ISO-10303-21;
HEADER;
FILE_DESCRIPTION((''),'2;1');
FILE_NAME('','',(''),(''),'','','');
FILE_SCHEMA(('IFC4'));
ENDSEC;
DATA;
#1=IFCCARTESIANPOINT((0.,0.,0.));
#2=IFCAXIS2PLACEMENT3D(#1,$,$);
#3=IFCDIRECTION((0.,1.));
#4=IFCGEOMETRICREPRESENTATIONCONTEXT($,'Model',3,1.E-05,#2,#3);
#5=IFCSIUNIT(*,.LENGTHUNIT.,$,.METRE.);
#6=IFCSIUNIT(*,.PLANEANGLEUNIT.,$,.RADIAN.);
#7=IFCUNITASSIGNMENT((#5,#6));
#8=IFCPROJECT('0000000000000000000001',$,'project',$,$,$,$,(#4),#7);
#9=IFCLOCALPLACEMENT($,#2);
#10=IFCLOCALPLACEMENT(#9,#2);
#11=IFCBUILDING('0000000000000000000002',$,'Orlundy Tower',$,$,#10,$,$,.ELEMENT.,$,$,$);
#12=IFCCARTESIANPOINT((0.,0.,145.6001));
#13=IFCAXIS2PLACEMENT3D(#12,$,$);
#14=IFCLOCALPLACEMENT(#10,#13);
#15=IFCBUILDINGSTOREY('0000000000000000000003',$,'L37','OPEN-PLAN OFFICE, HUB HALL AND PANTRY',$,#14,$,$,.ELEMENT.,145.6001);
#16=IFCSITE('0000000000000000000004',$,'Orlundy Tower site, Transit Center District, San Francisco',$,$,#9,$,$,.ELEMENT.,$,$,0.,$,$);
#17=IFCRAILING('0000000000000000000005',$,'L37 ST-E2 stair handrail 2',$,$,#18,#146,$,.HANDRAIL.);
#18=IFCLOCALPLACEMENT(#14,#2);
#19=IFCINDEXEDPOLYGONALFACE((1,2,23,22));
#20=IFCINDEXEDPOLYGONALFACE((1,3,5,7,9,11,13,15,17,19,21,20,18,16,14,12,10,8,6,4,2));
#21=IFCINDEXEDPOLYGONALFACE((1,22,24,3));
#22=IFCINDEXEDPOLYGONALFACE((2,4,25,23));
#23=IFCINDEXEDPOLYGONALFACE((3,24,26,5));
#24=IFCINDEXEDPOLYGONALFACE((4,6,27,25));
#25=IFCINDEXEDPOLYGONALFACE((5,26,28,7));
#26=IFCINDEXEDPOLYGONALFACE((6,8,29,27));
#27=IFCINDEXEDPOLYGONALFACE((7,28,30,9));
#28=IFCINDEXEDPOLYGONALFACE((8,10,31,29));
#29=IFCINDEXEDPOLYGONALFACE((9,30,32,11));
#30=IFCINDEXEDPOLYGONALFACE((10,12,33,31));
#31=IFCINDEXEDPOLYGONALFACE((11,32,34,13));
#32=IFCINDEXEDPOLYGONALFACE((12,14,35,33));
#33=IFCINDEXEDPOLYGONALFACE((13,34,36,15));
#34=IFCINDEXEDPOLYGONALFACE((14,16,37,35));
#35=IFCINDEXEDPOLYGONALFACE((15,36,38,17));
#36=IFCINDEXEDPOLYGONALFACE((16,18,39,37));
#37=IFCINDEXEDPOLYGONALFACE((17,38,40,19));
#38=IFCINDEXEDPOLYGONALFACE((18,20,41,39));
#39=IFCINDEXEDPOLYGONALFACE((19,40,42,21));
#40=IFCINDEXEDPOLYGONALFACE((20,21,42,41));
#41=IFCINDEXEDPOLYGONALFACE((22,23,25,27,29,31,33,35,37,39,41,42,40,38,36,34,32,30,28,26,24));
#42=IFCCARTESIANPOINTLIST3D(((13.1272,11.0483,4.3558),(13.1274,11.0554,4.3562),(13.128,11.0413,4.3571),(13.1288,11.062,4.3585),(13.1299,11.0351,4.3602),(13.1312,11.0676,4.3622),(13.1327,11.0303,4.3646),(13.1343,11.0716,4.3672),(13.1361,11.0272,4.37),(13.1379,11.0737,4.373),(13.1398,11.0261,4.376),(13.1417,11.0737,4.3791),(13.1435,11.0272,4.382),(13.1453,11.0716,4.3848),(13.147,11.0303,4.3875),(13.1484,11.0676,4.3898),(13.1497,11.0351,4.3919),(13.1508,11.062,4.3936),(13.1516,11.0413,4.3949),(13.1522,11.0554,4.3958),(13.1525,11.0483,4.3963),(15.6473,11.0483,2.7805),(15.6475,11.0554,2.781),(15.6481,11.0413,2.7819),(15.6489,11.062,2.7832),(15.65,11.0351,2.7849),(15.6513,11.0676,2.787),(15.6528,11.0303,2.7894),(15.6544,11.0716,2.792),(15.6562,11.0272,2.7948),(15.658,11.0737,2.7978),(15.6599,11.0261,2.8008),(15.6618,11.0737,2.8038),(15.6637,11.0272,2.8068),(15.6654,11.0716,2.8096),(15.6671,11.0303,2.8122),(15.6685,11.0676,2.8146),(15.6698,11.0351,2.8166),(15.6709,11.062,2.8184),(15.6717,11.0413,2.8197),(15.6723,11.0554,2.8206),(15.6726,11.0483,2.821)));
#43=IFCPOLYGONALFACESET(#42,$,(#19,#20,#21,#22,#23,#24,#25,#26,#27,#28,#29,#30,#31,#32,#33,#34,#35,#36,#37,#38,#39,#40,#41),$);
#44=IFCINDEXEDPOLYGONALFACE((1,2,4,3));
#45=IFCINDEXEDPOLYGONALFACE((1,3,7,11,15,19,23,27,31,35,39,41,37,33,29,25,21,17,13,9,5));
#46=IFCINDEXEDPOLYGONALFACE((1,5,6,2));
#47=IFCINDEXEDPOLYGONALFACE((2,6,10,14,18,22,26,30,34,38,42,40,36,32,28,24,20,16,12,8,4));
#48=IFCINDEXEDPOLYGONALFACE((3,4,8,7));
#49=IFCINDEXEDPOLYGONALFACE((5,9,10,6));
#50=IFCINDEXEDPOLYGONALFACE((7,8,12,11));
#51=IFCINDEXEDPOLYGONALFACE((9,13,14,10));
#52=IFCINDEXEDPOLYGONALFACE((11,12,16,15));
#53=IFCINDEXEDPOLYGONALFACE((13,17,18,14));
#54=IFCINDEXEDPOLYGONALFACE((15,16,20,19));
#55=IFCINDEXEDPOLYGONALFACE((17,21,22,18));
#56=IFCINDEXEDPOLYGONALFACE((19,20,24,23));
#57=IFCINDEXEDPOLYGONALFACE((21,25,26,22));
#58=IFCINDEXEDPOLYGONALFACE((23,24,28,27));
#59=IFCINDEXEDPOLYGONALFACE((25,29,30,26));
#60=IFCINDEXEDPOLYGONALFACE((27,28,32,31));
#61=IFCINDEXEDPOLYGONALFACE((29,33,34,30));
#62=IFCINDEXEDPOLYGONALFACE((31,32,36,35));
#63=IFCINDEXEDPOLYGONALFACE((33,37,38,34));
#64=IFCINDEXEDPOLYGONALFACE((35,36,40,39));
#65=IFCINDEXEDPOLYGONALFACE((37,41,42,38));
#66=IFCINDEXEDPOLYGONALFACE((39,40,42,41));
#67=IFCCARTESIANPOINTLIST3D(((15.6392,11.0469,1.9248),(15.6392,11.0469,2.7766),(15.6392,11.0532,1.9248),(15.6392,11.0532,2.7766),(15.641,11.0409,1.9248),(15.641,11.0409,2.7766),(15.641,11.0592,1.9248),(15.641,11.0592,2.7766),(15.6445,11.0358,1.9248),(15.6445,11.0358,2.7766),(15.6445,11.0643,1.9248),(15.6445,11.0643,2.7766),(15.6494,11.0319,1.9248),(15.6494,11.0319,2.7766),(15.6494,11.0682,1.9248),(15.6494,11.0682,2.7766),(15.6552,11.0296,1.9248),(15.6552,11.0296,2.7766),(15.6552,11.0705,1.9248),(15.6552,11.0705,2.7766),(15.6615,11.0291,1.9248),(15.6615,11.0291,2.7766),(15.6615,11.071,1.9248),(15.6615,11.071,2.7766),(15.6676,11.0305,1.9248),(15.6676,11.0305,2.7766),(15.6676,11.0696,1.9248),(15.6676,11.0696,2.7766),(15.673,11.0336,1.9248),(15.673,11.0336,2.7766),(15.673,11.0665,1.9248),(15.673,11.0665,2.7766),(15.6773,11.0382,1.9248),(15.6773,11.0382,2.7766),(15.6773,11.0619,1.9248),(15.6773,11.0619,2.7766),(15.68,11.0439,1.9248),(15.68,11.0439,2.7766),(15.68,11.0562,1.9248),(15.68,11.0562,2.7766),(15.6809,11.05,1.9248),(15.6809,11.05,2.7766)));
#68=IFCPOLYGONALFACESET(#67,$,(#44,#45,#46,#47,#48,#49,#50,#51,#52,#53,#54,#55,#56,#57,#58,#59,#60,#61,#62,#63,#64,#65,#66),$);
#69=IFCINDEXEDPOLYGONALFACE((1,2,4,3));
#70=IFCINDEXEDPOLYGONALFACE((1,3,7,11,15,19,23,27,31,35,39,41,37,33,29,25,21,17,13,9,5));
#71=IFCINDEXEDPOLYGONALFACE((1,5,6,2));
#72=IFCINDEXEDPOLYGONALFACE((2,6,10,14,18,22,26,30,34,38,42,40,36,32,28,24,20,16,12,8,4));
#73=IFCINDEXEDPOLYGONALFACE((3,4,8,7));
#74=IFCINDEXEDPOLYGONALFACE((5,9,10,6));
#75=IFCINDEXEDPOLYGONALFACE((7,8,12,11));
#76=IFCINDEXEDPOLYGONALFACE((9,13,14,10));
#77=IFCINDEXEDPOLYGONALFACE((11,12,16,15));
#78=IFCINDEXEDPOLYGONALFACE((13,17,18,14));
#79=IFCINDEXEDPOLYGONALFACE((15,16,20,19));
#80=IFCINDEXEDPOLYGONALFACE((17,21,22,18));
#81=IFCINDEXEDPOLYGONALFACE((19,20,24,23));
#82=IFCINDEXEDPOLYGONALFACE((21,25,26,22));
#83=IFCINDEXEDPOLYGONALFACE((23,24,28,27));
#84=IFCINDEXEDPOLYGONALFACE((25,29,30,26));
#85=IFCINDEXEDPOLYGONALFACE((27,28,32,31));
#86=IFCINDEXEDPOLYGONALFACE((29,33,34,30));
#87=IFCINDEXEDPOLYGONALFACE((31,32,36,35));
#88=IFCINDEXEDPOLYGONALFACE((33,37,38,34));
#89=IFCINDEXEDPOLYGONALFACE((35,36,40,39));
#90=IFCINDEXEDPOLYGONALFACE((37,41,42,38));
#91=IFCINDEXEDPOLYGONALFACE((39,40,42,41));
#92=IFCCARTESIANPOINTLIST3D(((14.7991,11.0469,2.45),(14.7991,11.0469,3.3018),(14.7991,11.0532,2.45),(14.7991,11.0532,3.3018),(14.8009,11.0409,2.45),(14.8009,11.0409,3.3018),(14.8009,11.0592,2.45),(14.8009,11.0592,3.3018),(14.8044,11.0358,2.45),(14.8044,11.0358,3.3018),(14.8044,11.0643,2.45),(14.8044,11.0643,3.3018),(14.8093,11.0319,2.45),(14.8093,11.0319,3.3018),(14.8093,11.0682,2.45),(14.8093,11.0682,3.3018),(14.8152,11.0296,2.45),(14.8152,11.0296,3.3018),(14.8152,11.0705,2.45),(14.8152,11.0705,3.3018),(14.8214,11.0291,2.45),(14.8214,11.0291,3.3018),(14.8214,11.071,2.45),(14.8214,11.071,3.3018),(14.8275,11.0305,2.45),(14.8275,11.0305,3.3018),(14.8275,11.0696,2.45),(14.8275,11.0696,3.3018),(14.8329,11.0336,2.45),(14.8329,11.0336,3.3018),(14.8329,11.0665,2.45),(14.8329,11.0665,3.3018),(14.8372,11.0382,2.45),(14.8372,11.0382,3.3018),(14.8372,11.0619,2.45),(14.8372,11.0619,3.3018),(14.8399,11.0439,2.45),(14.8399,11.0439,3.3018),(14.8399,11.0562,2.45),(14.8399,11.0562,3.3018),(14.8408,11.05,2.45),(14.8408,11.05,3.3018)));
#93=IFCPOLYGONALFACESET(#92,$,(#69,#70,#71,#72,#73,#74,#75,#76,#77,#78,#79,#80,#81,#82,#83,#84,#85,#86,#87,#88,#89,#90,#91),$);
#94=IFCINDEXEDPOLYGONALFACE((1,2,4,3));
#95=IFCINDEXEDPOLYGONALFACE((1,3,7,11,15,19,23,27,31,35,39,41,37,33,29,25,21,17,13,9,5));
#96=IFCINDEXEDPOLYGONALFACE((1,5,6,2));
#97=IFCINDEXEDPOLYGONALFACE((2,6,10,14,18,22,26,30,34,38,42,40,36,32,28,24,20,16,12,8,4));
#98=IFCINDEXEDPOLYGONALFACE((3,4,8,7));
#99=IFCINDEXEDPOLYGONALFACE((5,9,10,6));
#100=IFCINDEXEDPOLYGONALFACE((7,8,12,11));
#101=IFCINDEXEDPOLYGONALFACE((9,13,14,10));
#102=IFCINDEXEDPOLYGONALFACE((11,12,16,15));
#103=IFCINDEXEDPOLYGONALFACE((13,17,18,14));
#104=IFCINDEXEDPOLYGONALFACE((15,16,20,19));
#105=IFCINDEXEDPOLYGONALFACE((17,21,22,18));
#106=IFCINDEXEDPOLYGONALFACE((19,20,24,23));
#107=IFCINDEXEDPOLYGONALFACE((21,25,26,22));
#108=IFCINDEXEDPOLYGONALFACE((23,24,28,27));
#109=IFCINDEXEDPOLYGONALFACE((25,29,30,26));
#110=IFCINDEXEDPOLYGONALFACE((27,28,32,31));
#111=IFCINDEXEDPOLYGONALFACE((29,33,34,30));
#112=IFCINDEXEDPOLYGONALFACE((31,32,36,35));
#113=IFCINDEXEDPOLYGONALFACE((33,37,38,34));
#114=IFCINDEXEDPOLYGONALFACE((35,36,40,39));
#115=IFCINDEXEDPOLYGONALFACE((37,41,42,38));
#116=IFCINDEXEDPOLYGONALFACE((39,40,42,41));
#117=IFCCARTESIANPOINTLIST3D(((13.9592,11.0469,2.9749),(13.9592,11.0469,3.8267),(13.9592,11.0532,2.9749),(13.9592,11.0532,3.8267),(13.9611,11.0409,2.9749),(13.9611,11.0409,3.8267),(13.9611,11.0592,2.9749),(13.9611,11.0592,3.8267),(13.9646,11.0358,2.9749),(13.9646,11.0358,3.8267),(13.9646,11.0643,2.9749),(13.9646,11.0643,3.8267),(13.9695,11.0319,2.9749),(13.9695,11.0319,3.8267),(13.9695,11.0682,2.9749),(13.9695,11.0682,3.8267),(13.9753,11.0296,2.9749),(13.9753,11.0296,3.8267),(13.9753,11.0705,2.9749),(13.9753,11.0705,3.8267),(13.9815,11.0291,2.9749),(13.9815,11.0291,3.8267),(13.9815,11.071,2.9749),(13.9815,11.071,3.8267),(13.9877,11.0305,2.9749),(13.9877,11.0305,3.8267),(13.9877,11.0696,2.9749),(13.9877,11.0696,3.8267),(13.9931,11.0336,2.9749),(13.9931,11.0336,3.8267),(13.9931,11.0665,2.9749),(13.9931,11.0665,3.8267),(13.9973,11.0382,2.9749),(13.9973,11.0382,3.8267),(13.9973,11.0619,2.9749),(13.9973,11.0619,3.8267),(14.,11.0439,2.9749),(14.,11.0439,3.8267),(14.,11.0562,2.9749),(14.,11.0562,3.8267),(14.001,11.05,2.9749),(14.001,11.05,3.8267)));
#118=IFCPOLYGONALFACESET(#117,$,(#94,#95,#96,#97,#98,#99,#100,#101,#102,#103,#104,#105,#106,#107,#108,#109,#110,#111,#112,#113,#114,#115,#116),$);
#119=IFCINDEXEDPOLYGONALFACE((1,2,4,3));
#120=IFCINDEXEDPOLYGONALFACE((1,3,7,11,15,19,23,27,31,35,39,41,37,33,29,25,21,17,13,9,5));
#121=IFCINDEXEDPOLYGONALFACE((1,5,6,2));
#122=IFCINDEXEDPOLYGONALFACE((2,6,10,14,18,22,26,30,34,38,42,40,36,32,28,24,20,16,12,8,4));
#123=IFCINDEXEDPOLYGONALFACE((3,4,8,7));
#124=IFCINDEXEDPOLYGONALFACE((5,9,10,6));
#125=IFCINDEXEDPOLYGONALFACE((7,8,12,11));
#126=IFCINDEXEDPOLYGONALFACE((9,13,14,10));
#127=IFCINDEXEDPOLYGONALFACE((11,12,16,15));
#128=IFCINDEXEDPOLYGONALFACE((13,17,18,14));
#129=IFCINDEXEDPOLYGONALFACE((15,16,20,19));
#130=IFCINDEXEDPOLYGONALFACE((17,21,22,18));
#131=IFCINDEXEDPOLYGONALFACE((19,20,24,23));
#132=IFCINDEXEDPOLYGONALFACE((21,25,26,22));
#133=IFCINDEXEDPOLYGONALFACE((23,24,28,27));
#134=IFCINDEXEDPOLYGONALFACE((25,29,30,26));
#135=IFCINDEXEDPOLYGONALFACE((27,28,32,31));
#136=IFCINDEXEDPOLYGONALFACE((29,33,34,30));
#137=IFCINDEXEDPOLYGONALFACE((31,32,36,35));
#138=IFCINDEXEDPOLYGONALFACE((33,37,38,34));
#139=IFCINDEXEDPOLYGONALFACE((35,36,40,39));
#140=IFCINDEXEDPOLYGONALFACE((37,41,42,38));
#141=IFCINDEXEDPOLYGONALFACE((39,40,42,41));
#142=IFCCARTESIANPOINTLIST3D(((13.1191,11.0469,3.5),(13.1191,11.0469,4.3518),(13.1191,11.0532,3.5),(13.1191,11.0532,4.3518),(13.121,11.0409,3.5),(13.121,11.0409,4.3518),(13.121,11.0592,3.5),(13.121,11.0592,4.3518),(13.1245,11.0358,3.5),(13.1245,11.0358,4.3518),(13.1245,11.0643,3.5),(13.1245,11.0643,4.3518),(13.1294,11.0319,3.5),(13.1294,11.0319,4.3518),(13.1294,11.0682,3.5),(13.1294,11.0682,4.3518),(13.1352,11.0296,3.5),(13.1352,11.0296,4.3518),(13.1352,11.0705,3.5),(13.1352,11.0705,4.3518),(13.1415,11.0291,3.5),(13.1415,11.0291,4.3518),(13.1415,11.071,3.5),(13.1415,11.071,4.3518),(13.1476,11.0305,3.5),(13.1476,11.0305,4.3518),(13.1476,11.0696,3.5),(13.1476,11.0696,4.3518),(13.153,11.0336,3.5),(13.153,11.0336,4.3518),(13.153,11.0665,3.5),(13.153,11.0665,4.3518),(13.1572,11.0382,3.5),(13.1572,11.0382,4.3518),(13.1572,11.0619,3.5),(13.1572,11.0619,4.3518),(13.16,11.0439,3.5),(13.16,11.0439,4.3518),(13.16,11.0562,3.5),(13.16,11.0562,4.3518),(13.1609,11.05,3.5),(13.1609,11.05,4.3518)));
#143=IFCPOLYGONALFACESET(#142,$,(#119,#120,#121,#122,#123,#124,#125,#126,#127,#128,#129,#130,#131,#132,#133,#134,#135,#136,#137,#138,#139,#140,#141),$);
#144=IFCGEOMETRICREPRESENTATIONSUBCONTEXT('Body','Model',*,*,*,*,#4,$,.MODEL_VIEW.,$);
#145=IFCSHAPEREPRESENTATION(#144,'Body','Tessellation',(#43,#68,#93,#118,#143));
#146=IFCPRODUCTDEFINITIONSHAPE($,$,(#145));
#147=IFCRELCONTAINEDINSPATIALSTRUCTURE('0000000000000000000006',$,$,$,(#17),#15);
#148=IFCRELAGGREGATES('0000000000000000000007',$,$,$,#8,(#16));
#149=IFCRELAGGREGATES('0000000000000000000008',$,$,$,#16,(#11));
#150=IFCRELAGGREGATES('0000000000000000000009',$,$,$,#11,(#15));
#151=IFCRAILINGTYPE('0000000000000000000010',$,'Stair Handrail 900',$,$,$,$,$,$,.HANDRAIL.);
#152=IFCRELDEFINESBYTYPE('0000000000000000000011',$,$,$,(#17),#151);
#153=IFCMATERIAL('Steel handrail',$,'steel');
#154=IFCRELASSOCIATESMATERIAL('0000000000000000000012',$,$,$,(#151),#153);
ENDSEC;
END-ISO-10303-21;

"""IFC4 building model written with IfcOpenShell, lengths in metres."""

from ifc_helpers import new_model, si_unit, direction, frame, origin, origin_2d, place, context, subcontext, project, spatial, circle, extrude, material, type_object, element, save


model = new_model("IFC4")

# Units and contexts
model_context = context("Model", 3, precision=1e-05, world=origin(), true_north=direction((0.0, 1.0)))
body_context = subcontext(model_context, "Body", "Model", "MODEL_VIEW")
ifc_project = project(units=[si_unit("LENGTHUNIT", "METRE"), si_unit("PLANEANGLEUNIT", "RADIAN")], contexts=[model_context])

# Site, building, storey
site_placement = place(None, origin())
site = spatial("IfcSite", under=ifc_project, at=site_placement, Name="Orlundy Tower site, Transit Center District, San Francisco", CompositionType="ELEMENT", RefElevation=0.0)
building_placement = place(site_placement, origin())
building = spatial("IfcBuilding", under=site, at=building_placement, Name="Orlundy Tower", CompositionType="ELEMENT")
storey_placement = place(building_placement, frame((0.0, 0.0, 145.6001)))
storey = spatial("IfcBuildingStorey", under=building, at=storey_placement, Name="L37", Description="OPEN-PLAN OFFICE, HUB HALL AND PANTRY", CompositionType="ELEMENT", Elevation=145.6001)

# Railing
ifc_material_1 = material(Name="Steel handrail", Category="steel")
railing_type = type_object("IfcRailingType", Name="Stair Handrail 900", PredefinedType="HANDRAIL", material=ifc_material_1)
railing_placement = place(storey_placement, frame((15.6599, 11.05, 1.9248)))
element("IfcRailing", 1, at=railing_placement, inside=storey, type_object=railing_type, Name="L37 ST-E2 stair handrail 2", PredefinedType="HANDRAIL", context=body_context, shape_type="SweptSolid", body=[
    extrude(circle(Radius=0.0239, at=origin_2d()), frame((0.0, 0.0, 0.876), z_axis=(-0.847971, 0.0, 0.530043), x_axis=(0.0, -1.0, 0.0)), (0.0, 0.0, 1.0), 2.9719),
    extrude(circle(Radius=0.021, at=origin_2d()), origin(), (0.0, 0.0, 1.0), 0.8518),
    extrude(circle(Radius=0.021, at=origin_2d()), frame((-0.8401, 0.0, 0.5251)), (0.0, 0.0, 1.0), 0.8518),
    extrude(circle(Radius=0.021, at=origin_2d()), frame((-1.6799, 0.0, 1.05)), (0.0, 0.0, 1.0), 0.8518),
    extrude(circle(Radius=0.021, at=origin_2d()), frame((-2.52, 0.0, 1.5752)), (0.0, 0.0, 1.0), 0.8518),
])

save(model, "model.ifc")
